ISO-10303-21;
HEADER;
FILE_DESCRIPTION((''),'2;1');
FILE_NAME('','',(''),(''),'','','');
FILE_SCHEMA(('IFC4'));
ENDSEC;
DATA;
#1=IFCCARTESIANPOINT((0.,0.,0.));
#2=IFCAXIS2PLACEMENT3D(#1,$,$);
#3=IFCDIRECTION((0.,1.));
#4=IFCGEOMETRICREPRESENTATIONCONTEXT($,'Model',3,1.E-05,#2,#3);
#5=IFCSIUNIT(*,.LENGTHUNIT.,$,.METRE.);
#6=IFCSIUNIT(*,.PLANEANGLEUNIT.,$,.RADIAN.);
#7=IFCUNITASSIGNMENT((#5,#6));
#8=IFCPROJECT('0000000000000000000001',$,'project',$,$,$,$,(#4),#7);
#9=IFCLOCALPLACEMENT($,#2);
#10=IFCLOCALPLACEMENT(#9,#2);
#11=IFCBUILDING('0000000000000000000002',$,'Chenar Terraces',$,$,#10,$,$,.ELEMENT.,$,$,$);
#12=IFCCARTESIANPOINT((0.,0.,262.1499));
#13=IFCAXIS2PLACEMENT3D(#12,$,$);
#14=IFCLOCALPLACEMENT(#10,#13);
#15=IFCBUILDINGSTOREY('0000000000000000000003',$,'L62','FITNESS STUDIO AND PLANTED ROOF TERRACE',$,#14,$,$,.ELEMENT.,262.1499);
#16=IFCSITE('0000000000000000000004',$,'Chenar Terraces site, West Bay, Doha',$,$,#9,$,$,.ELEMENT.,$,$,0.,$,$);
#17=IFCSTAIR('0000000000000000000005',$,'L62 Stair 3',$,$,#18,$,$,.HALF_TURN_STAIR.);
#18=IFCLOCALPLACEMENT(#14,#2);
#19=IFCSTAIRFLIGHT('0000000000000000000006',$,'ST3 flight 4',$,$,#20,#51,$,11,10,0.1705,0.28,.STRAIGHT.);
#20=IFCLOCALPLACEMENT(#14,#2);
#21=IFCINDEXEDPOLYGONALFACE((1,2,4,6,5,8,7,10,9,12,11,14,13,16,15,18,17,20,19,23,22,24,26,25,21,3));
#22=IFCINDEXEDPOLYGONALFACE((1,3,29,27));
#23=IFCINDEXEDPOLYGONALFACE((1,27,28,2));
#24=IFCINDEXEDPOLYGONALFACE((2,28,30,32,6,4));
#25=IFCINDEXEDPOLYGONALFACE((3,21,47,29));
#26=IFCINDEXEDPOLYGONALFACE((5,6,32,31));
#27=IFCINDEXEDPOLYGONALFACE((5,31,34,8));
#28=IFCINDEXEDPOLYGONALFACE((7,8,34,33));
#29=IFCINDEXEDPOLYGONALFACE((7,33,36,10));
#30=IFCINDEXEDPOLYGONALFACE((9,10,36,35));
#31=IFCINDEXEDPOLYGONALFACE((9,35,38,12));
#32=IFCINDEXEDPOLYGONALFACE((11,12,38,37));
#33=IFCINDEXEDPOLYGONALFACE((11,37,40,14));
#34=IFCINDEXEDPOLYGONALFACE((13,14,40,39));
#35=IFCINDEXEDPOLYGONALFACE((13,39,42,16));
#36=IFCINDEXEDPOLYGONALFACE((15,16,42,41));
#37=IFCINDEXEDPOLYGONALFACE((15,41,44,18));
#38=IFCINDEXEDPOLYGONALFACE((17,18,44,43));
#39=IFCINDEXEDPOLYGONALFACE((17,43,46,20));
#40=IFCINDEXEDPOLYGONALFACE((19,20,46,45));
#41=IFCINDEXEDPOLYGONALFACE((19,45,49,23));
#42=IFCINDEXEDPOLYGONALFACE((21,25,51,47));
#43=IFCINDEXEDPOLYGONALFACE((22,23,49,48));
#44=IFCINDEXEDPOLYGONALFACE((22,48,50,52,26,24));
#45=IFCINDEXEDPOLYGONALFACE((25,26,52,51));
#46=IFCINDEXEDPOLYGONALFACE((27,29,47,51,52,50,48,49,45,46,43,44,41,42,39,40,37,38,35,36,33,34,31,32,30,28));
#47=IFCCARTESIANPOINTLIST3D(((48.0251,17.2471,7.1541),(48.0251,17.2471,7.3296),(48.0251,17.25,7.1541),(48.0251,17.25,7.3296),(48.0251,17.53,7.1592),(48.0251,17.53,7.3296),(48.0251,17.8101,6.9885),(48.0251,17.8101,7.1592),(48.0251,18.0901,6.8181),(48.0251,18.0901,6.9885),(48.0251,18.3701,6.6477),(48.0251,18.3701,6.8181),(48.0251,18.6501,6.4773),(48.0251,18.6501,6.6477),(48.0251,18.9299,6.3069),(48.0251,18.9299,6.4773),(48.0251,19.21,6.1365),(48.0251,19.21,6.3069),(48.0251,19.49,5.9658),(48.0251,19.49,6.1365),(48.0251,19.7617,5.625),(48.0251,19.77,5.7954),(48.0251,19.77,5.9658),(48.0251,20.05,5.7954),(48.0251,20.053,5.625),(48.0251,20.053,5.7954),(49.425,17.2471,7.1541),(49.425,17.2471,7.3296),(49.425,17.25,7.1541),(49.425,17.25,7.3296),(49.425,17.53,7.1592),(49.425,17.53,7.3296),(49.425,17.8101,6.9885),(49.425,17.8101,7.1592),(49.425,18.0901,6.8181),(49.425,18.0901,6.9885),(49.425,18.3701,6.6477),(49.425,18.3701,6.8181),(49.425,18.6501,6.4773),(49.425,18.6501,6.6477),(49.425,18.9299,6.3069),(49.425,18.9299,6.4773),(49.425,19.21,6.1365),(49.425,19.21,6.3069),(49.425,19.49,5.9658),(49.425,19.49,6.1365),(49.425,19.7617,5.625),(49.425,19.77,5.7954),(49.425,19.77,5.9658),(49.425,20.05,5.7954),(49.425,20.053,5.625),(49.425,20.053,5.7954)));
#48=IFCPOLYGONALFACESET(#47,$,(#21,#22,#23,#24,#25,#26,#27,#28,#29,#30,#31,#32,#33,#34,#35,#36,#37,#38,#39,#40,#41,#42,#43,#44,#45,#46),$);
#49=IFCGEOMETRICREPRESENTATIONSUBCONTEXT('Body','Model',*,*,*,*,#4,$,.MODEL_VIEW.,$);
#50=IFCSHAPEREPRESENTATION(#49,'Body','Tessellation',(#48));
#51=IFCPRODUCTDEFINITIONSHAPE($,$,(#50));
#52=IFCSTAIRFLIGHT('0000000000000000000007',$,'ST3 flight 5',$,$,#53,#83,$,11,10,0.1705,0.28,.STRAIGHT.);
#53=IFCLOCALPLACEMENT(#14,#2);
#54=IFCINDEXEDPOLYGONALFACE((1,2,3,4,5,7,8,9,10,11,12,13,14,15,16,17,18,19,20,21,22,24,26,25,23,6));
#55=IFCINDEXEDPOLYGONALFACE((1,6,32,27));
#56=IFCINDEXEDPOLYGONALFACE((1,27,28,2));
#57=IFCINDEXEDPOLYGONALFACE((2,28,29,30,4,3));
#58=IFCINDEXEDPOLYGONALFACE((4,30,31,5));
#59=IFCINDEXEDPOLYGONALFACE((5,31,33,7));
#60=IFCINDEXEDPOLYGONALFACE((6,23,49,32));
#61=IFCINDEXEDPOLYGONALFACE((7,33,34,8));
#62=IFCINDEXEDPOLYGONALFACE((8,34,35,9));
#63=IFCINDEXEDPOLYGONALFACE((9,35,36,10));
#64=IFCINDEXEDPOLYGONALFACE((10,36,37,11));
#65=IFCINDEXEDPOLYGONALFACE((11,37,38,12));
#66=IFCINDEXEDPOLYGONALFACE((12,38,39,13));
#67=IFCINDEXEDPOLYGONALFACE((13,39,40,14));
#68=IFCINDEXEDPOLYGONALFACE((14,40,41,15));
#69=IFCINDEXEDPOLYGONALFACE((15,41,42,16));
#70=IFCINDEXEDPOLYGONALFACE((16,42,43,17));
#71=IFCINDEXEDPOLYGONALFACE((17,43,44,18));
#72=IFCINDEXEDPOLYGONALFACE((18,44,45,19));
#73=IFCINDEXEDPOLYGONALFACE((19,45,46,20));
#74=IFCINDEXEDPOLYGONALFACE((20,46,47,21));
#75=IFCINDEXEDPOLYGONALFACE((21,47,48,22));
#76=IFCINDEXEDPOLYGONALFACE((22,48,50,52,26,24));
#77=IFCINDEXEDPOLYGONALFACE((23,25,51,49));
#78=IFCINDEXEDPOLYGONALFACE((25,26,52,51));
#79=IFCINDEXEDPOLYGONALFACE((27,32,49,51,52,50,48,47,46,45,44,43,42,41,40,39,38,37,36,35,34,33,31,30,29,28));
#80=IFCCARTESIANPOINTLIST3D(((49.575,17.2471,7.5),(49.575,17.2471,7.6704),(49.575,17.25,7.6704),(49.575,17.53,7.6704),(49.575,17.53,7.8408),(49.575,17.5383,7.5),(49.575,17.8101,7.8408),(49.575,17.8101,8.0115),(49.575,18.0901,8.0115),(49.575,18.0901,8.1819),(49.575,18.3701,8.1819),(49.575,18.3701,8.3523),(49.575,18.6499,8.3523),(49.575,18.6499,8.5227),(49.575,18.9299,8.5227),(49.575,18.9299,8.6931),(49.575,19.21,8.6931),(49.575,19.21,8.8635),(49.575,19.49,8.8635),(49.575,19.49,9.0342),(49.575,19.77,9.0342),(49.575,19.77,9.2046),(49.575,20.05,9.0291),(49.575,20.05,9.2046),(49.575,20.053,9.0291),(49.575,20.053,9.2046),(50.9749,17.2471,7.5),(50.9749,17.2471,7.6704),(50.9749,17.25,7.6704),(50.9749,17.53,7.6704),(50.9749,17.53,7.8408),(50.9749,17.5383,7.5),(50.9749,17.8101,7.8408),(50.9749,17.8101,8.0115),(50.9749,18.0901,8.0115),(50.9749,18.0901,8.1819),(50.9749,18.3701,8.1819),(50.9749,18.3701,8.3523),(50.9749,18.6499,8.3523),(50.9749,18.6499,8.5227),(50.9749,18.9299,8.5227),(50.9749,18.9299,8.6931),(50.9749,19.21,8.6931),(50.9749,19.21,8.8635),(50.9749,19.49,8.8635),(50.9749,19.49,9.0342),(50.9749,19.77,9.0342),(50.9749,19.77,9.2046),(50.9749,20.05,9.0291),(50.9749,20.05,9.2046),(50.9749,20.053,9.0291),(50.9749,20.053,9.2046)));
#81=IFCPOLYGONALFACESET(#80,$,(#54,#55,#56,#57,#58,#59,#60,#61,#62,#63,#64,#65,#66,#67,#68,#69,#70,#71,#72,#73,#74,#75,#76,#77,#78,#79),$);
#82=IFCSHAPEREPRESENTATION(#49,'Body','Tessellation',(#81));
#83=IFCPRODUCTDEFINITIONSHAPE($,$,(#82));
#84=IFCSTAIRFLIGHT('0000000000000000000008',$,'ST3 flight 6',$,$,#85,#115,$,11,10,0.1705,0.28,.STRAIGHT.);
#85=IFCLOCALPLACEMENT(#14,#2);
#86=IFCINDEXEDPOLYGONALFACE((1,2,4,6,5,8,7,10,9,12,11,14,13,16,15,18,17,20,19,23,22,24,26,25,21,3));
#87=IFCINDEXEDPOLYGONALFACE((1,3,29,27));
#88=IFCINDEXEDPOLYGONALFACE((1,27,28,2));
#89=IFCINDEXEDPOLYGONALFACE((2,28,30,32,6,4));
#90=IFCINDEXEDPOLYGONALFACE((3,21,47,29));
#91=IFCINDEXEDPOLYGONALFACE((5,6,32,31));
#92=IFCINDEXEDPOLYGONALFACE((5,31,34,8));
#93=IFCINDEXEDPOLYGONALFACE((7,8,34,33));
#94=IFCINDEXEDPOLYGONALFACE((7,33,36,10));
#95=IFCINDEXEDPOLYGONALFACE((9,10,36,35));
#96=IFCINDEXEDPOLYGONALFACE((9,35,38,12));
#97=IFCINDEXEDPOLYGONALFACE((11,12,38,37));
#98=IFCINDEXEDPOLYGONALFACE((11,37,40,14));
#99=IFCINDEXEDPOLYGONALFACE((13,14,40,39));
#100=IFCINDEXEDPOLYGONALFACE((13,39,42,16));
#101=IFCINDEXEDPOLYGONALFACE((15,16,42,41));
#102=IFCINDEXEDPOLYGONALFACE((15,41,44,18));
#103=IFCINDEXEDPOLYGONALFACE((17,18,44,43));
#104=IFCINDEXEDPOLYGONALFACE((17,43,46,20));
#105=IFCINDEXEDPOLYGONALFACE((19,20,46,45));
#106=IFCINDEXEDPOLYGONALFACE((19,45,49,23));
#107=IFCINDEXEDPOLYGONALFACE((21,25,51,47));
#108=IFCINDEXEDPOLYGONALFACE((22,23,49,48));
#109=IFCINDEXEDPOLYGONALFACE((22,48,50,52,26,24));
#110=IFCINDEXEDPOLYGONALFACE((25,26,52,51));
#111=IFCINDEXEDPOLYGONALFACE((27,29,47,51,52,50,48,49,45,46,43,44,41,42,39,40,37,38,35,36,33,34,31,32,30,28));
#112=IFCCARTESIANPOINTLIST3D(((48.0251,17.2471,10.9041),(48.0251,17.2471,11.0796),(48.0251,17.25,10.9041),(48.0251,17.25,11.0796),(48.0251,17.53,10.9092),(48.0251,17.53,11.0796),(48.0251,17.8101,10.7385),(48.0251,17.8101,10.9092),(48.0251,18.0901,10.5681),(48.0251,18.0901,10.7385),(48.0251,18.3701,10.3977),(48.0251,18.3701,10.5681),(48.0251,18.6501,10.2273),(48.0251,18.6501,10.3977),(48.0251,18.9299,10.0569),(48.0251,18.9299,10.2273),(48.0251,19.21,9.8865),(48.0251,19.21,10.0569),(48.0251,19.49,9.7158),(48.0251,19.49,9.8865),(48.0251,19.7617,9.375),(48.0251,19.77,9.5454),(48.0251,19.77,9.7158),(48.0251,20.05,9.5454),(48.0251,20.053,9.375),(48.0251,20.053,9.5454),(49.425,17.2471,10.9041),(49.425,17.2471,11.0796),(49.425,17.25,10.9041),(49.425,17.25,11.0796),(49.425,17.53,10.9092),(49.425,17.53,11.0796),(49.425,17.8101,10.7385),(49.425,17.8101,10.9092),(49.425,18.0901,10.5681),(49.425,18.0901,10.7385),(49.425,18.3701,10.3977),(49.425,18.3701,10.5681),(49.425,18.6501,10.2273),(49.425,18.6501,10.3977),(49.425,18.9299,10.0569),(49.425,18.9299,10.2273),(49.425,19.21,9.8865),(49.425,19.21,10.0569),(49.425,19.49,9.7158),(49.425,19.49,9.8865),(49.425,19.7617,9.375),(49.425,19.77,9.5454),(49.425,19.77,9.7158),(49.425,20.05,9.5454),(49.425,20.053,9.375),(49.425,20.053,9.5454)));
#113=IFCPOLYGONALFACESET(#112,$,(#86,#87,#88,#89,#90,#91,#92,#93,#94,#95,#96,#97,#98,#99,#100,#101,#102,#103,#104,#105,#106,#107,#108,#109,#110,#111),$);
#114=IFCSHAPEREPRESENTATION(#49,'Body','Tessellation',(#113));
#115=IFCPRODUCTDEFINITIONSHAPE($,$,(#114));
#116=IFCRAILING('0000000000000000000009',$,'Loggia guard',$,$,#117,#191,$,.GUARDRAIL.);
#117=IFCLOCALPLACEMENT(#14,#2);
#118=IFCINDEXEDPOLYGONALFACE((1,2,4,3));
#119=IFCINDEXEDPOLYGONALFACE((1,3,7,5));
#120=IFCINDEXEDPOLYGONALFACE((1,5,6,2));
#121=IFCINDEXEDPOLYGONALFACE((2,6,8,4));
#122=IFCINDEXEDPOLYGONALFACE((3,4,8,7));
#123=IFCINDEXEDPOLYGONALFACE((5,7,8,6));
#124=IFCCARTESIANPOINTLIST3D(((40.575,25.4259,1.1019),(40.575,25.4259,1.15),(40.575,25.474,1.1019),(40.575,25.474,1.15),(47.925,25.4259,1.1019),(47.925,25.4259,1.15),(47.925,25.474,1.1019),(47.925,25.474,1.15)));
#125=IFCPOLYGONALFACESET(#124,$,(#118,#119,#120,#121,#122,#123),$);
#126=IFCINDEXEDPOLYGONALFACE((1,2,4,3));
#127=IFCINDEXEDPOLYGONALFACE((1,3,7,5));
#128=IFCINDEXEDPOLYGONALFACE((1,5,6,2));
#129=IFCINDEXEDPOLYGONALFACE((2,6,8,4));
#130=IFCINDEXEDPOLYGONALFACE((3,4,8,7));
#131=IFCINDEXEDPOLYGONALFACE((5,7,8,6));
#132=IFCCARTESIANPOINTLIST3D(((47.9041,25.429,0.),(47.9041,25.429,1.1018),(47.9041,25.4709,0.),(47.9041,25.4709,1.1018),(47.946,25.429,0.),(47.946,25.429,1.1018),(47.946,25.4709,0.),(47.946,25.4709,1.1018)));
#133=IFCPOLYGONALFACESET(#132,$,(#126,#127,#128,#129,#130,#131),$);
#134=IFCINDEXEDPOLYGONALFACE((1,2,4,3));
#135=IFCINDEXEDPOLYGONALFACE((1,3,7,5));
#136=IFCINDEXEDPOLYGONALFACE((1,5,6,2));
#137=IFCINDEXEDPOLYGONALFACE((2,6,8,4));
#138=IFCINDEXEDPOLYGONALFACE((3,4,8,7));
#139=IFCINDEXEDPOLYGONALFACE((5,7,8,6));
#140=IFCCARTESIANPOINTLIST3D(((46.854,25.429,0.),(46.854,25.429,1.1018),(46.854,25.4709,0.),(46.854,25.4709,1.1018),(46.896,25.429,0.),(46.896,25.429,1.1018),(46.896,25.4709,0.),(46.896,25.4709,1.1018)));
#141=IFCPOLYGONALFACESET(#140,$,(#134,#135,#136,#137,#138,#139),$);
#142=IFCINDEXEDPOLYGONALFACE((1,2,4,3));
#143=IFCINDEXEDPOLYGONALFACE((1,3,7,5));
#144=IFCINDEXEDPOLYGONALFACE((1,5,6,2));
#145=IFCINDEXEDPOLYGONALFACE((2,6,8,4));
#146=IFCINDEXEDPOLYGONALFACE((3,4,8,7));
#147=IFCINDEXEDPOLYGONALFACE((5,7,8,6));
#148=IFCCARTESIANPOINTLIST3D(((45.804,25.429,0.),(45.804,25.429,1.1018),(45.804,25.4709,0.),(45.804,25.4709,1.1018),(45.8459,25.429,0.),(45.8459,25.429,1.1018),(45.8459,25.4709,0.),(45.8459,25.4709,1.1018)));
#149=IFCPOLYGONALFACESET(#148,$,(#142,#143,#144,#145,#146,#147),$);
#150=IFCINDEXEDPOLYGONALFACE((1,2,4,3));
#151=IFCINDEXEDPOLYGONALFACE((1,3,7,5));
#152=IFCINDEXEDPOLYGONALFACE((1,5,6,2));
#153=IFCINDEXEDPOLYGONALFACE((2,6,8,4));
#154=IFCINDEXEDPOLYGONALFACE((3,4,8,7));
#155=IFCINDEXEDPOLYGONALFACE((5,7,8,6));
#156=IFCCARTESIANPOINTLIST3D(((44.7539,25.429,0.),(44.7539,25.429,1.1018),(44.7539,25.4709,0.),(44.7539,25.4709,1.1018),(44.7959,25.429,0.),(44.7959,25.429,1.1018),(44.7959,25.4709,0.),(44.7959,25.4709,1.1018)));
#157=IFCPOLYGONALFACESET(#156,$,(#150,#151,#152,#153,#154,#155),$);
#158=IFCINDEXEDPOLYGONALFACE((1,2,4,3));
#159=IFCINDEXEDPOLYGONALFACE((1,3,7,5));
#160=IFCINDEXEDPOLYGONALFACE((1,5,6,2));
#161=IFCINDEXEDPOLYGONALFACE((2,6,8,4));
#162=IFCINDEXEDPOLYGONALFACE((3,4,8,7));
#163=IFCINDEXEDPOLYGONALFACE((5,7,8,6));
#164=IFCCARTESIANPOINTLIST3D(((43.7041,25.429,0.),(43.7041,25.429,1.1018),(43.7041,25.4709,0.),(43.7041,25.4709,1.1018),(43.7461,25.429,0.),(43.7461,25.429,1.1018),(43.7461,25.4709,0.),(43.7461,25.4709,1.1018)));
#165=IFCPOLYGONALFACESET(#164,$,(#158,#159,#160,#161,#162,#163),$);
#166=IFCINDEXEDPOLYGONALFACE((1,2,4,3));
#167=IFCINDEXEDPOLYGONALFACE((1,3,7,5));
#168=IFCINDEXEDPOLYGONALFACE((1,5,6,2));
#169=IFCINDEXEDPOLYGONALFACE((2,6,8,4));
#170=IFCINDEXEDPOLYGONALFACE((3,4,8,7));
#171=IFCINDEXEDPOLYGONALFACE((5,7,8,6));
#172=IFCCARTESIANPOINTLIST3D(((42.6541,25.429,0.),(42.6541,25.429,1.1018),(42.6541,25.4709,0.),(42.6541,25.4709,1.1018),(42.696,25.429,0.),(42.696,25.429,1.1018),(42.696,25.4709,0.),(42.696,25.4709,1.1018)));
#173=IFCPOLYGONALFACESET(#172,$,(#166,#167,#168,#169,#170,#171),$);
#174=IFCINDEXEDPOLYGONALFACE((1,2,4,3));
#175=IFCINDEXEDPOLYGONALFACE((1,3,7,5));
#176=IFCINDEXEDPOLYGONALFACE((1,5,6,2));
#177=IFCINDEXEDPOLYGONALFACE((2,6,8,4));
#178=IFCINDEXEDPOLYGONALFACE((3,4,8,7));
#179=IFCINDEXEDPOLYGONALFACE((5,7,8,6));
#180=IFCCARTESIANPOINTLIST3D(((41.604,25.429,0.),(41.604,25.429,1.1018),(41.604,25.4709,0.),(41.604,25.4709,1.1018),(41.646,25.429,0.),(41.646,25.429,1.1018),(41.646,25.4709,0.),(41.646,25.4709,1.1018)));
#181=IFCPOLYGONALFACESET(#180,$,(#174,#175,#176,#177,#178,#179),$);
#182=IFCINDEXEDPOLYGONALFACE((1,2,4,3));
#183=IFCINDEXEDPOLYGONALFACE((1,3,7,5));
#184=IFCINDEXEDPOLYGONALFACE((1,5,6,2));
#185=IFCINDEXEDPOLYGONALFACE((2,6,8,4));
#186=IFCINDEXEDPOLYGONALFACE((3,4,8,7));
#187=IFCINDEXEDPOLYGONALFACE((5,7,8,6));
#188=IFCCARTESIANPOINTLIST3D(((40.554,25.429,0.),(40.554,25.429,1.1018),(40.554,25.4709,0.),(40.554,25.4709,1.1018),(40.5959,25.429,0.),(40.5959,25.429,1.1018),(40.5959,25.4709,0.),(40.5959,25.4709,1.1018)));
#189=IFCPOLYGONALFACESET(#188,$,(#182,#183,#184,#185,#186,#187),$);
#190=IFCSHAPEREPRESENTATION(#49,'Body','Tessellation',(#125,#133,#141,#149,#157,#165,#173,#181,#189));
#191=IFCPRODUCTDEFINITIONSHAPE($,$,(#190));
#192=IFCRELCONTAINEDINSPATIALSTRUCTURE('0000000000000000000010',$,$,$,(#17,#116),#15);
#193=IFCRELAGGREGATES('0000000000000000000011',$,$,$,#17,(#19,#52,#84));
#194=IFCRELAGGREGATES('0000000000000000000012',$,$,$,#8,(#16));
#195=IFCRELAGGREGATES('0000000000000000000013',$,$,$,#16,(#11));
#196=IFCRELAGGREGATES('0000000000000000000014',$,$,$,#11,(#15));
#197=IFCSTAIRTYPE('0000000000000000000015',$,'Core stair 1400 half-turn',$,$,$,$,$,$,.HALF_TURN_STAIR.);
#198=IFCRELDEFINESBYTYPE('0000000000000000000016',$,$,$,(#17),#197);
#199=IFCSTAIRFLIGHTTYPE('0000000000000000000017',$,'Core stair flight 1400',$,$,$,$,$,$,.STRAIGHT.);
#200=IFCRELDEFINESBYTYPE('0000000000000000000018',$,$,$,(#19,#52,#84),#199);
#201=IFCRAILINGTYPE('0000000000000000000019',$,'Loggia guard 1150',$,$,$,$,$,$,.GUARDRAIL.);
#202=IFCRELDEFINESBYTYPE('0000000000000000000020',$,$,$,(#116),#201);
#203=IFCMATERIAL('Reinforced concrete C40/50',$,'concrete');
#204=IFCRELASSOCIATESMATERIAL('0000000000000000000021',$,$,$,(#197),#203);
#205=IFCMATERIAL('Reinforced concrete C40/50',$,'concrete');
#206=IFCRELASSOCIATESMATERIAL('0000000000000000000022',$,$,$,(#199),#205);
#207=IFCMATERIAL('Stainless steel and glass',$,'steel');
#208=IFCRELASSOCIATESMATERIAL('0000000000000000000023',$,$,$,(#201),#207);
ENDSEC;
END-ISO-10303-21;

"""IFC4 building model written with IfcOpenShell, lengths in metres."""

from ifc_helpers import new_model, si_unit, direction, frame, origin, origin_2d, place, context, subcontext, project, spatial, polyline, rectangle, outline, extrude, material, type_object, element, aggregate, save


model = new_model("IFC4")

# Units and contexts
model_context = context("Model", 3, precision=1e-05, world=origin(), true_north=direction((0.0, 1.0)))
body_context = subcontext(model_context, "Body", "Model", "MODEL_VIEW")
ifc_project = project(units=[si_unit("LENGTHUNIT", "METRE"), si_unit("PLANEANGLEUNIT", "RADIAN")], contexts=[model_context])

# Site, building, storey
site_placement = place(None, origin())
site = spatial("IfcSite", under=ifc_project, at=site_placement, Name="Chenar Terraces site, West Bay, Doha", CompositionType="ELEMENT", RefElevation=0.0)
building_placement = place(site_placement, origin())
building = spatial("IfcBuilding", under=site, at=building_placement, Name="Chenar Terraces", CompositionType="ELEMENT")
storey_placement = place(building_placement, frame((0.0, 0.0, 262.1499)))
storey = spatial("IfcBuildingStorey", under=building, at=storey_placement, Name="L62", Description="FITNESS STUDIO AND PLANTED ROOF TERRACE", CompositionType="ELEMENT", Elevation=262.1499)

# Shared definitions
placement = place(storey_placement, origin())

# Stair, stair flights
ifc_material_1 = material(Name="Reinforced concrete C40/50", Category="concrete")
stair_type = type_object("IfcStairType", Name="Core stair 1400 half-turn", PredefinedType="HALF_TURN_STAIR", material=ifc_material_1)
stair = element("IfcStair", 1, at=placement, inside=storey, type_object=stair_type, Name="L62 Stair 3", PredefinedType="HALF_TURN_STAIR")
ifc_material_2 = material(Name="Reinforced concrete C40/50", Category="concrete")
stair_flight_type = type_object("IfcStairFlightType", Name="Core stair flight 1400", PredefinedType="STRAIGHT", material=ifc_material_2)
stair_flight_1_placement = place(storey_placement, frame((48.7251, 20.05, 5.625), z_axis=(0.0, 0.0, 1.0), x_axis=(0.0, -1.0, 0.0)))
stair_flight_1 = element("IfcStairFlight", 2, at=stair_flight_1_placement, type_object=stair_flight_type, Name="ST3 flight 4", NumberOfRisers=11, NumberOfTreads=10, PredefinedType="STRAIGHT", RiserHeight=0.1705, TreadLength=0.28, context=body_context, shape_type="SweptSolid", body=[
    extrude(outline(polyline([(-0.0029, 0.0), (-0.0029, 0.1704), (0.0, 0.1704), (0.28, 0.1704), (0.28, 0.3408), (0.5601, 0.3408), (0.5601, 0.5115), (0.8401, 0.5115), (0.8401, 0.6819), (1.1201, 0.6819), (1.1201, 0.8523), (1.3999, 0.8523), (1.3999, 1.0227), (1.6799, 1.0227), (1.6799, 1.1931), (1.96, 1.1931), (1.96, 1.3635), (2.24, 1.3635), (2.24, 1.5342), (2.52, 1.5342), (2.52, 1.7046), (2.8, 1.7046), (2.803, 1.7046), (2.803, 1.5291), (2.8, 1.5291), (0.2883, 0.0), (-0.0029, 0.0)])), frame((0.0, 0.7, 0.0), z_axis=(0.0, -1.0, 0.0), x_axis=(1.0, 0.0, 0.0)), (0.0, 0.0, 1.0), 1.3999),
])
stair_flight_2_placement = place(storey_placement, frame((50.2749, 17.25, 7.5), z_axis=(0.0, 0.0, 1.0), x_axis=(0.0, 1.0, 0.0)))
stair_flight_2 = element("IfcStairFlight", 3, at=stair_flight_2_placement, type_object=stair_flight_type, Name="ST3 flight 5", NumberOfRisers=11, NumberOfTreads=10, PredefinedType="STRAIGHT", RiserHeight=0.1705, TreadLength=0.28, context=body_context, shape_type="SweptSolid", body=[
    extrude(outline(polyline([(-0.0029, 0.0), (-0.0029, 0.1704), (0.0, 0.1704), (0.28, 0.1704), (0.28, 0.3408), (0.5601, 0.3408), (0.5601, 0.5115), (0.8401, 0.5115), (0.8401, 0.6819), (1.1201, 0.6819), (1.1201, 0.8523), (1.3999, 0.8523), (1.3999, 1.0227), (1.6799, 1.0227), (1.6799, 1.1931), (1.96, 1.1931), (1.96, 1.3635), (2.24, 1.3635), (2.24, 1.5342), (2.52, 1.5342), (2.52, 1.7046), (2.8, 1.7046), (2.803, 1.7046), (2.803, 1.5291), (2.8, 1.5291), (0.2883, 0.0), (-0.0029, 0.0)])), frame((0.0, 0.7, 0.0), z_axis=(0.0, -1.0, 0.0), x_axis=(1.0, 0.0, 0.0)), (0.0, 0.0, 1.0), 1.3999),
])
stair_flight_3_placement = place(storey_placement, frame((48.7251, 20.05, 9.375), z_axis=(0.0, 0.0, 1.0), x_axis=(0.0, -1.0, 0.0)))
stair_flight_3 = element("IfcStairFlight", 4, at=stair_flight_3_placement, type_object=stair_flight_type, Name="ST3 flight 6", NumberOfRisers=11, NumberOfTreads=10, PredefinedType="STRAIGHT", RiserHeight=0.1705, TreadLength=0.28, context=body_context, shape_type="SweptSolid", body=[
    extrude(outline(polyline([(-0.0029, 0.0), (-0.0029, 0.1704), (0.0, 0.1704), (0.28, 0.1704), (0.28, 0.3408), (0.5601, 0.3408), (0.5601, 0.5115), (0.8401, 0.5115), (0.8401, 0.6819), (1.1201, 0.6819), (1.1201, 0.8523), (1.3999, 0.8523), (1.3999, 1.0227), (1.6799, 1.0227), (1.6799, 1.1931), (1.96, 1.1931), (1.96, 1.3635), (2.24, 1.3635), (2.24, 1.5342), (2.52, 1.5342), (2.52, 1.7046), (2.8, 1.7046), (2.803, 1.7046), (2.803, 1.5291), (2.8, 1.5291), (0.2883, 0.0), (-0.0029, 0.0)])), frame((0.0, 0.7, 0.0), z_axis=(0.0, -1.0, 0.0), x_axis=(1.0, 0.0, 0.0)), (0.0, 0.0, 1.0), 1.3999),
])
aggregate(stair, [stair_flight_1, stair_flight_2, stair_flight_3])

# Railing
ifc_material_3 = material(Name="Stainless steel and glass", Category="steel")
railing_type_1 = type_object("IfcRailingType", Name="Loggia guard 1150", PredefinedType="GUARDRAIL", material=ifc_material_3)
railing_1_placement = place(storey_placement, frame((47.925, 25.45, 0.0)))
element("IfcRailing", 5, at=railing_1_placement, inside=storey, type_object=railing_type_1, Name="Loggia guard", PredefinedType="GUARDRAIL", context=body_context, shape_type="SweptSolid", body=[
    extrude(rectangle(XDim=0.0481, YDim=0.0481, at=origin_2d()), frame((0.0, 0.0, 1.126), z_axis=(-1.0, 0.0, 0.0), x_axis=(0.0, -1.0, 0.0)), (0.0, 0.0, 1.0), 7.3501),
    extrude(rectangle(XDim=0.042, YDim=0.042, at=origin_2d()), origin(), (0.0, 0.0, 1.0), 1.1018),
    extrude(rectangle(XDim=0.042, YDim=0.042, at=origin_2d()), frame((-1.05, 0.0, 0.0)), (0.0, 0.0, 1.0), 1.1018),
    extrude(rectangle(XDim=0.042, YDim=0.042, at=origin_2d()), frame((-2.1001, 0.0, 0.0)), (0.0, 0.0, 1.0), 1.1018),
    extrude(rectangle(XDim=0.042, YDim=0.042, at=origin_2d()), frame((-3.1501, 0.0, 0.0)), (0.0, 0.0, 1.0), 1.1018),
    extrude(rectangle(XDim=0.042, YDim=0.042, at=origin_2d()), frame((-4.2, 0.0, 0.0)), (0.0, 0.0, 1.0), 1.1018),
    extrude(rectangle(XDim=0.042, YDim=0.042, at=origin_2d()), frame((-5.25, 0.0, 0.0)), (0.0, 0.0, 1.0), 1.1018),
    extrude(rectangle(XDim=0.042, YDim=0.042, at=origin_2d()), frame((-6.3, 0.0, 0.0)), (0.0, 0.0, 1.0), 1.1018),
    extrude(rectangle(XDim=0.042, YDim=0.042, at=origin_2d()), frame((-7.3501, 0.0, 0.0)), (0.0, 0.0, 1.0), 1.1018),
])

save(model, "model.ifc")
